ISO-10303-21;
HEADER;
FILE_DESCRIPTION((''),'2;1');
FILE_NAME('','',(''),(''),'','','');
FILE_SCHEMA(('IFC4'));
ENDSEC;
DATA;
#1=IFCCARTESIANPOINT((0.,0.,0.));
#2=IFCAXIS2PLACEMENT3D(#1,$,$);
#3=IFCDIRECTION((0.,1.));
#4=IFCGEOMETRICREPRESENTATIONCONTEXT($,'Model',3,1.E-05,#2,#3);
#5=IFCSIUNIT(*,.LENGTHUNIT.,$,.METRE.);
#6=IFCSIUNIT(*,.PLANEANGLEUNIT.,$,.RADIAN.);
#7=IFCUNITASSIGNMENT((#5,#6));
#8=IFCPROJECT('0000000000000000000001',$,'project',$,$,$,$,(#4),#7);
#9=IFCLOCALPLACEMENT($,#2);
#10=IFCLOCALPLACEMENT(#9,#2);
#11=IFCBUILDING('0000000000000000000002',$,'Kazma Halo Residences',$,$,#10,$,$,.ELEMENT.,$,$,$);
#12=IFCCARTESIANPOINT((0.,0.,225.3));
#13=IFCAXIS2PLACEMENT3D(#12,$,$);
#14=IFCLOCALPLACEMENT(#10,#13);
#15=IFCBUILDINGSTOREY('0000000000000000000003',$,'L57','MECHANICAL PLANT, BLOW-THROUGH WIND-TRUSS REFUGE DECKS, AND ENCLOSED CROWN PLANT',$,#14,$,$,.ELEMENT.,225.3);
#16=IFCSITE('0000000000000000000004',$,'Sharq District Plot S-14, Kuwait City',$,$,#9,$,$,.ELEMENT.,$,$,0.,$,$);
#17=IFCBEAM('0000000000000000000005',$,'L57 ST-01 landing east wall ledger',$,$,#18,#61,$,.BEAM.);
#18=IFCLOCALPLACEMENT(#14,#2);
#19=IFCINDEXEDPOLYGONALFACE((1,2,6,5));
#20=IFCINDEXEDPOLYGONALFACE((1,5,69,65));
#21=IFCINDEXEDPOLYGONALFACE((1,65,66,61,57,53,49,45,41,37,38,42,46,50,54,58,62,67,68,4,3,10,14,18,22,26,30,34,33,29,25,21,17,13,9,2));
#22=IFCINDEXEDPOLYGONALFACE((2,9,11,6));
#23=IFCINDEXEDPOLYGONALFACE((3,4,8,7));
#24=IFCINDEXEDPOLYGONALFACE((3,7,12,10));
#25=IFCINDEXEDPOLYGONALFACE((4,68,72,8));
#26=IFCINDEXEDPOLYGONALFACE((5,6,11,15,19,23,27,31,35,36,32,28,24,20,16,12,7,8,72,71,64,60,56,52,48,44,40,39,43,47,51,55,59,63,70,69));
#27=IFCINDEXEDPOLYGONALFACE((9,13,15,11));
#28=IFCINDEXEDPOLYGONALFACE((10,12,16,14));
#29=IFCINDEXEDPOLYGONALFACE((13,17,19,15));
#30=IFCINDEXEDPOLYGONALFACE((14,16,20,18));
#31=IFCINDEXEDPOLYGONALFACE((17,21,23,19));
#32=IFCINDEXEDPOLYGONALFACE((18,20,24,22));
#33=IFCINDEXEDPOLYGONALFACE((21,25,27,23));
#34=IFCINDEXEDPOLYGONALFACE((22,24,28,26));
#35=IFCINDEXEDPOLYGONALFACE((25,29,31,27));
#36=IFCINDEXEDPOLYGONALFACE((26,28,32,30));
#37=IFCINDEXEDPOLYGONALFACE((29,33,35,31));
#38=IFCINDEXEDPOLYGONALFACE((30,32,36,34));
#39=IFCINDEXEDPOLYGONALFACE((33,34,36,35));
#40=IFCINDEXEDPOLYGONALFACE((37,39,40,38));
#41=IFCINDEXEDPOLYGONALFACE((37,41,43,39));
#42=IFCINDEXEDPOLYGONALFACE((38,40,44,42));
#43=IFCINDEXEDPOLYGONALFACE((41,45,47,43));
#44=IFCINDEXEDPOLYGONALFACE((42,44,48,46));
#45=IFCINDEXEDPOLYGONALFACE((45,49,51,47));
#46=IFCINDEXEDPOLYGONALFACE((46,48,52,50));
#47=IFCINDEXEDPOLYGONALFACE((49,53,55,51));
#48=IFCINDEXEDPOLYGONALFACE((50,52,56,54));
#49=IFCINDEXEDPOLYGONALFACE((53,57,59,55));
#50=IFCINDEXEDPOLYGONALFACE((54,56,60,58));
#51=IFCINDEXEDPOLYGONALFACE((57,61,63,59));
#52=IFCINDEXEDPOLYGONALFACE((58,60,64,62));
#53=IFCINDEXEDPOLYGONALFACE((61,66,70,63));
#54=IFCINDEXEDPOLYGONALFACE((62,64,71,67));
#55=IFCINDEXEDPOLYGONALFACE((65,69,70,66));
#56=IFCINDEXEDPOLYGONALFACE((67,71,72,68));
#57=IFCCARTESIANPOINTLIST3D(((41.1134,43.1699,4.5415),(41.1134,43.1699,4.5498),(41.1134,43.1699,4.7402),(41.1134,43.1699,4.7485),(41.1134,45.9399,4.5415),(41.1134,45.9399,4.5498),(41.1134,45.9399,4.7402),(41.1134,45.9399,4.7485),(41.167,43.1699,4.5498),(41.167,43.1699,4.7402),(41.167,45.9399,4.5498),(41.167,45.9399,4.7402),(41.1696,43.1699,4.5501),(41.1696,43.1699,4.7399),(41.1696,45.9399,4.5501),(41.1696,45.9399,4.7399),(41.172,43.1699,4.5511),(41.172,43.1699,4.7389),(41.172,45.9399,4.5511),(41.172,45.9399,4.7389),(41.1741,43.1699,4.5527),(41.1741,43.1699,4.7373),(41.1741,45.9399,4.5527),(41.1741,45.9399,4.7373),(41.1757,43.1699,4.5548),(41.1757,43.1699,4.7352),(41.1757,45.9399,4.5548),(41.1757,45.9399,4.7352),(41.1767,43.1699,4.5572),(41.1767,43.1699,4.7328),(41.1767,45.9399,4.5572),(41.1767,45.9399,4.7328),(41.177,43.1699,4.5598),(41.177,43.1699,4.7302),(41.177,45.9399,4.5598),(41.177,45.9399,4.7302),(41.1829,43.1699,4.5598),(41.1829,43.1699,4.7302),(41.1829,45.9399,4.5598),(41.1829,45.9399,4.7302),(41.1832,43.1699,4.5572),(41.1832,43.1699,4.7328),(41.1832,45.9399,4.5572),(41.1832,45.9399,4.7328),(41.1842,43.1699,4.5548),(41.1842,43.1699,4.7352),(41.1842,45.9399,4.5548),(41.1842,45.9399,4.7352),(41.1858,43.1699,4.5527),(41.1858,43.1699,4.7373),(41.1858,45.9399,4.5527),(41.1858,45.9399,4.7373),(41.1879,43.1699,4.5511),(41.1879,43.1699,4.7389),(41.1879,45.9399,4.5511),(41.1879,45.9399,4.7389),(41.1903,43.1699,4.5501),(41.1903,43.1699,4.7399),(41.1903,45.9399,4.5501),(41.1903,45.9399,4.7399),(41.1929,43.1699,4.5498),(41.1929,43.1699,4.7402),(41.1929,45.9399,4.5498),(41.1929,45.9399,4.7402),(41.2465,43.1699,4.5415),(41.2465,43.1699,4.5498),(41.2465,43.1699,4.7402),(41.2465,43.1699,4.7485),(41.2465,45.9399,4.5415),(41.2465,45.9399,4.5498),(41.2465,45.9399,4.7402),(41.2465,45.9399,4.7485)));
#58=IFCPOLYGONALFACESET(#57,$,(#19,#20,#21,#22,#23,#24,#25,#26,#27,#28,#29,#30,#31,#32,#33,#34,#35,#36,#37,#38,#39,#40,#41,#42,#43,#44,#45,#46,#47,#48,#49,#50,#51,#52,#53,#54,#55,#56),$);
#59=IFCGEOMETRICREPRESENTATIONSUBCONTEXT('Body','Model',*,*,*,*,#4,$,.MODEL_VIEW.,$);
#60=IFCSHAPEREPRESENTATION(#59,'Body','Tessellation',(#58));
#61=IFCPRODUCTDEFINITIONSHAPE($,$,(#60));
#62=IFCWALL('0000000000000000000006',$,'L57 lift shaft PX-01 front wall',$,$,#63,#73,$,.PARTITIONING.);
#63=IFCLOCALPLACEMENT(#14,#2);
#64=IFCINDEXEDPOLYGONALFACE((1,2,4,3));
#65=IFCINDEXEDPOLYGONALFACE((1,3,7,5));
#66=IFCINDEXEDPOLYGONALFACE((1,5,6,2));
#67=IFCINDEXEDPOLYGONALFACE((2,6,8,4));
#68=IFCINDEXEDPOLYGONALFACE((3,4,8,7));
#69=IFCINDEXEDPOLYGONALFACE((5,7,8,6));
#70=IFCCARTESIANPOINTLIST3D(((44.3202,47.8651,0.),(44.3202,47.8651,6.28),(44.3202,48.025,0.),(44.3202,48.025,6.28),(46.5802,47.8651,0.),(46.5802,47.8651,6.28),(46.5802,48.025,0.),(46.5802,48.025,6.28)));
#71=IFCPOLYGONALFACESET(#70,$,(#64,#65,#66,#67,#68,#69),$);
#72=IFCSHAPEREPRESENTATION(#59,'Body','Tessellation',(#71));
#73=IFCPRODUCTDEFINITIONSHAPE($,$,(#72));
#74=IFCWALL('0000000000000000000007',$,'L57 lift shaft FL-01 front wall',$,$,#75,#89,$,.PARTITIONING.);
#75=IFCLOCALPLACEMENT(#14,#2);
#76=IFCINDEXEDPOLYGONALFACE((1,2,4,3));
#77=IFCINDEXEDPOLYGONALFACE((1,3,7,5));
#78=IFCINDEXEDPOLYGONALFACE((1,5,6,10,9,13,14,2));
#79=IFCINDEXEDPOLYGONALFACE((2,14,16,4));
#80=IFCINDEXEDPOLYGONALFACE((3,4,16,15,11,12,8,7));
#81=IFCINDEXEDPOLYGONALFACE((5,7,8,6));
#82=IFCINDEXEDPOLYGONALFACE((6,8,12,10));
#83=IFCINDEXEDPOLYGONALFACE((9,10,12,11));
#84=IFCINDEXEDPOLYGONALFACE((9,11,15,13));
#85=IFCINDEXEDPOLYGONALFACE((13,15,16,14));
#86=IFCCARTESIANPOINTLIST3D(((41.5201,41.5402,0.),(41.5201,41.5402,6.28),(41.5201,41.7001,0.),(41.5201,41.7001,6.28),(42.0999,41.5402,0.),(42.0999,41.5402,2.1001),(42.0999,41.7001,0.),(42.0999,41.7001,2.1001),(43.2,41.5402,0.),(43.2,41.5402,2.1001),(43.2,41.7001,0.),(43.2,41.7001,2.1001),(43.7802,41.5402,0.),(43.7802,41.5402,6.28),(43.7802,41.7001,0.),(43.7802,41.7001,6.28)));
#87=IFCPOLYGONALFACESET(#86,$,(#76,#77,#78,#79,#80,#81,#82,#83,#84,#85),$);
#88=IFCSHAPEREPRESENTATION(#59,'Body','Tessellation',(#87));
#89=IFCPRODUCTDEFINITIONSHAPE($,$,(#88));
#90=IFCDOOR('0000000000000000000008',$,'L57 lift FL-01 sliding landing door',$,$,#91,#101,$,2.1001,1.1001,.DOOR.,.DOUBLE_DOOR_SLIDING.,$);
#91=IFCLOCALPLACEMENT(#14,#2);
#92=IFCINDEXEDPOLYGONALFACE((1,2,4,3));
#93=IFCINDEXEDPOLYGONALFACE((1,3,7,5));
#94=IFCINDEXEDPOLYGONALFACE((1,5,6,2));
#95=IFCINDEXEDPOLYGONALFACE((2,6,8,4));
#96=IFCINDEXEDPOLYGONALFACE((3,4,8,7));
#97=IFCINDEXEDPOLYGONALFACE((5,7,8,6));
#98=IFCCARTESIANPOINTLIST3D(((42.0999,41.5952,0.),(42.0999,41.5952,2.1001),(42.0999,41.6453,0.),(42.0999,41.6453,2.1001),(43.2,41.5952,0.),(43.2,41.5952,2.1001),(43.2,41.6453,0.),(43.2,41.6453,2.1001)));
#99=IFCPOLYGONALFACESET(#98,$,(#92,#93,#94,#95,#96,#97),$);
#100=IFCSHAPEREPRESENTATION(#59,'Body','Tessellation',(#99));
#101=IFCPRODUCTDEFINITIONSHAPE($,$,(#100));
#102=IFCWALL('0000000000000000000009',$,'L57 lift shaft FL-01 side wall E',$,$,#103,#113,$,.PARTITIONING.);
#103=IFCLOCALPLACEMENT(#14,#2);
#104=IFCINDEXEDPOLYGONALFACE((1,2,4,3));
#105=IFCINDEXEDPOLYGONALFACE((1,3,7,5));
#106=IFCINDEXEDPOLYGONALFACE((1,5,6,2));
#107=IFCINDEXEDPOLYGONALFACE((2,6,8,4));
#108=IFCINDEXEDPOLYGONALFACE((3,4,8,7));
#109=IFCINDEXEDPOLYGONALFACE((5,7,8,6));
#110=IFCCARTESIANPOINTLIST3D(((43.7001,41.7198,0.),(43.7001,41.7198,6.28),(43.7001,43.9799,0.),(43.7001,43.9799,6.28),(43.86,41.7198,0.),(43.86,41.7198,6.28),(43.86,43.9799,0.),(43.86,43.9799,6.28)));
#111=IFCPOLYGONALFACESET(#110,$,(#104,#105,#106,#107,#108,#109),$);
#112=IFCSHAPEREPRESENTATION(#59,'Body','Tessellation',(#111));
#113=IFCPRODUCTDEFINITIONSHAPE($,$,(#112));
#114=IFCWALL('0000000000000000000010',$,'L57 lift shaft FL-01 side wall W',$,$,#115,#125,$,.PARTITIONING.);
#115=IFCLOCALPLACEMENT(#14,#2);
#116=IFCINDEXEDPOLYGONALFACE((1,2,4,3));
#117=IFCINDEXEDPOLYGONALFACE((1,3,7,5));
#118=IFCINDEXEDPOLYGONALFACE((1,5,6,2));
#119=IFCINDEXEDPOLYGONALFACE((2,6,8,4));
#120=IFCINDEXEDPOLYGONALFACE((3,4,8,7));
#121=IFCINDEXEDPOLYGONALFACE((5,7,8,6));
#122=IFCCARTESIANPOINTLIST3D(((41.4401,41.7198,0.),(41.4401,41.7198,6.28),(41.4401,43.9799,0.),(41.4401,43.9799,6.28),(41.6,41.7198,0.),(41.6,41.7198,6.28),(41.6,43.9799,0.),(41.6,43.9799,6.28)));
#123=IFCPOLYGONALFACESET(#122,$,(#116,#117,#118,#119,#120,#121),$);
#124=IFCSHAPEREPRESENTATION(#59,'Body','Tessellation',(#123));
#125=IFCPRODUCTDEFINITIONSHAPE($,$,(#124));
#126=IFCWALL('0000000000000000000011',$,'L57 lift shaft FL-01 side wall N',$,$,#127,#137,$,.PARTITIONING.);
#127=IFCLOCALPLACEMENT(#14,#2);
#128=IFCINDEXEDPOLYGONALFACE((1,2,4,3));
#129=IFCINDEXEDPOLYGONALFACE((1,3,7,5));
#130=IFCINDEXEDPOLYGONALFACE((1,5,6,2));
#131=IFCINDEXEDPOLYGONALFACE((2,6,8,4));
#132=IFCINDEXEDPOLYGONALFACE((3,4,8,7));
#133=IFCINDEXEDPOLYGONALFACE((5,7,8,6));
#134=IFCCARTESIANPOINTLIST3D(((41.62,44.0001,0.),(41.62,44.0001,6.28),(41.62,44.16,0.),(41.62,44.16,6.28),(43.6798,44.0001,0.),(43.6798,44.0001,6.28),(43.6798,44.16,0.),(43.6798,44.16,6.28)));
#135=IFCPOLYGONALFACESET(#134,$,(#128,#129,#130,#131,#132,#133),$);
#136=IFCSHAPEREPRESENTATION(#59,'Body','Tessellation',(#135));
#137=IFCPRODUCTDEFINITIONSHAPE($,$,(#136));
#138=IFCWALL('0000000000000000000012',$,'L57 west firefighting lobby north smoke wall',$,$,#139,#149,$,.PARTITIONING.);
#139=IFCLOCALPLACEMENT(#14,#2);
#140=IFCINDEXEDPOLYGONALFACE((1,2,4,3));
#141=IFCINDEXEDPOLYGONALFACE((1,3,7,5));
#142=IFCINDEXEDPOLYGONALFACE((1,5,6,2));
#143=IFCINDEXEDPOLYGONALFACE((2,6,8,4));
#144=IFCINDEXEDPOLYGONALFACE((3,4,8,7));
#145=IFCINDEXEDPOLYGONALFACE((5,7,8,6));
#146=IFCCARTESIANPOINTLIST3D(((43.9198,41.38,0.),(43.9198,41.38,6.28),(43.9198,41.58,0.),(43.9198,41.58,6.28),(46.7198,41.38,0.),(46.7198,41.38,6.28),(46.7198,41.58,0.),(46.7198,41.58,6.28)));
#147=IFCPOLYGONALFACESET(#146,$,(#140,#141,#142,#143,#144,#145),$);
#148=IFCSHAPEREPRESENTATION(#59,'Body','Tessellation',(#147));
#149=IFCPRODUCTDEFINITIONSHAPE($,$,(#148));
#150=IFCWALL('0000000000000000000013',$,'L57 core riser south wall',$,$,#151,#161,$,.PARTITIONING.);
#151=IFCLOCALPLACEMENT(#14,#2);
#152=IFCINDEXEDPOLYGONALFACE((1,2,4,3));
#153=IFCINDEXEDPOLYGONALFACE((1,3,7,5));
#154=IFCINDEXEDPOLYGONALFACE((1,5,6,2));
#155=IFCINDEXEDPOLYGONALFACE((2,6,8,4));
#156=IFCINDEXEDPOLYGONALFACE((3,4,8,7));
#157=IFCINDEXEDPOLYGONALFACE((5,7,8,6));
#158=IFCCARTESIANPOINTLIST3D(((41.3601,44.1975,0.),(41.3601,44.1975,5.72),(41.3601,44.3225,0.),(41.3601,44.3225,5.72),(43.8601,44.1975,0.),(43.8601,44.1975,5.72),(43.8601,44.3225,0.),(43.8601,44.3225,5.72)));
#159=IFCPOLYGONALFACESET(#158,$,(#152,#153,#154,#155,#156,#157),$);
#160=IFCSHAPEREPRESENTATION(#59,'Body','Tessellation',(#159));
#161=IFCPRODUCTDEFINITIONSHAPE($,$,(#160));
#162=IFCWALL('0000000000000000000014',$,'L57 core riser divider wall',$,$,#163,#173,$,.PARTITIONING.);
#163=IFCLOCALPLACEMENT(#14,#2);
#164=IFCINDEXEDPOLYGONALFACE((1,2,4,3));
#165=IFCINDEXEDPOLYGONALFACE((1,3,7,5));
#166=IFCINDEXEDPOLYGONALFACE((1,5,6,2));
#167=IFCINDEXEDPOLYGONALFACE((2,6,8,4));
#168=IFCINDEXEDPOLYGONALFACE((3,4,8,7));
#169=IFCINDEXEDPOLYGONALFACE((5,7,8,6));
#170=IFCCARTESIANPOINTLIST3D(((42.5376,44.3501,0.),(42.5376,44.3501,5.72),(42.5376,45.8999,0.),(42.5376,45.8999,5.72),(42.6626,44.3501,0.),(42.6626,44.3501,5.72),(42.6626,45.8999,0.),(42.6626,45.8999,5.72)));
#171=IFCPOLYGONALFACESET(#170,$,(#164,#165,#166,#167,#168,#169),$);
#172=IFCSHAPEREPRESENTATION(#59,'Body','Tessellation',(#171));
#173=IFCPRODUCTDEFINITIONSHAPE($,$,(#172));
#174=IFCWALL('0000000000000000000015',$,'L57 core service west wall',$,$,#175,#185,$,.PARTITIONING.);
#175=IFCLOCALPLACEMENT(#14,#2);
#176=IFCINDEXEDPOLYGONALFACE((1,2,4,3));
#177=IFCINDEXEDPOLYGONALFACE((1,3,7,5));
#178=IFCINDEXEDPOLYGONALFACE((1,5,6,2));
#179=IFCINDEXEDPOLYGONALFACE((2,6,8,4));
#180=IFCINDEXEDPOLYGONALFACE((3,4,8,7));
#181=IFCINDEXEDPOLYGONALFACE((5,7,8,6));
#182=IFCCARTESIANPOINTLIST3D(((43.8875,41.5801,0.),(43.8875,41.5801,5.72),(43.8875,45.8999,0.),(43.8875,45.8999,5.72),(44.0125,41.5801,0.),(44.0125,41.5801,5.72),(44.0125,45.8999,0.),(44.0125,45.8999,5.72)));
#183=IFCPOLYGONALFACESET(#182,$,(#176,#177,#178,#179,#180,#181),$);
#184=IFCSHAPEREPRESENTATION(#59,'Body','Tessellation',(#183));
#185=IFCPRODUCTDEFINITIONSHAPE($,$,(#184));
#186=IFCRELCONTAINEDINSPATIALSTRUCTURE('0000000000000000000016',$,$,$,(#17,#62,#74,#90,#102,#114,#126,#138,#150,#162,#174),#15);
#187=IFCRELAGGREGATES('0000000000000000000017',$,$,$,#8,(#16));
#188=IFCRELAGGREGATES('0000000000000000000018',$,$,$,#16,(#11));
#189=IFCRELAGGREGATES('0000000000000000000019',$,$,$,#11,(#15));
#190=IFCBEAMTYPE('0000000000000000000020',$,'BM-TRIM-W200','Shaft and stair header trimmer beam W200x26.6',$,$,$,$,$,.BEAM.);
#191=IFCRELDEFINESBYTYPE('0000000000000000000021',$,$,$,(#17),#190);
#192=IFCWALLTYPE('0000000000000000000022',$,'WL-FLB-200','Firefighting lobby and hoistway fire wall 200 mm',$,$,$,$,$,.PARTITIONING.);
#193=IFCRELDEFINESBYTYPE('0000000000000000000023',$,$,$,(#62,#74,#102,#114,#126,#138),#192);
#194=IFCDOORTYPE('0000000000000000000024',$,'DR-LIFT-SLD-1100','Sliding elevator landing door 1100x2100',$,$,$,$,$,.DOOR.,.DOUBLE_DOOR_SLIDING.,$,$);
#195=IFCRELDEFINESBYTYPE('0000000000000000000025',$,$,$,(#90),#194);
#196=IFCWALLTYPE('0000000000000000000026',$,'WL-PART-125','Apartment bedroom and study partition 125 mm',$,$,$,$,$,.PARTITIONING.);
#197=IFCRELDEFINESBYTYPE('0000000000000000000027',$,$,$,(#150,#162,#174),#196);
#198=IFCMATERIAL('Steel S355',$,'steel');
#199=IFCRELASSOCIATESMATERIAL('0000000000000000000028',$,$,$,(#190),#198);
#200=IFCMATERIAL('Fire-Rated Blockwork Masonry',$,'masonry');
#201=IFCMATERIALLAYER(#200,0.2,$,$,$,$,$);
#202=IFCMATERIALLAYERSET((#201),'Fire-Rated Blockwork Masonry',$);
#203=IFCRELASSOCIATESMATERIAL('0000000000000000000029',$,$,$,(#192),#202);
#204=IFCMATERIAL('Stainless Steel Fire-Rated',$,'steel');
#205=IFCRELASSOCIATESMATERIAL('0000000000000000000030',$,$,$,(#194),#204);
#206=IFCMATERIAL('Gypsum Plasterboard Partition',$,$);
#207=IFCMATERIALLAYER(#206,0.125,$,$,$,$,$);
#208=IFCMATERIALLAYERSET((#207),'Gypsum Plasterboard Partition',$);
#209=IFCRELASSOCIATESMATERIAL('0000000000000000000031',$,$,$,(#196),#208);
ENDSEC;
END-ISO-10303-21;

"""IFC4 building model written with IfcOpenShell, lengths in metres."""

from ifc_helpers import new_model, si_unit, direction, frame, frame_2d, origin, origin_2d, place, context, subcontext, project, spatial, rectangle, i_section, extrude, material, layer, layer_set, material_profile, profile_set, type_object, element, fill, save


model = new_model("IFC4")

# Units and contexts
model_context = context("Model", 3, precision=1e-05, world=origin(), true_north=direction((0.0, 1.0)))
body_context = subcontext(model_context, "Body", "Model", "MODEL_VIEW")
ifc_project = project(units=[si_unit("LENGTHUNIT", "METRE"), si_unit("PLANEANGLEUNIT", "RADIAN")], contexts=[model_context])

# Site, building, storey
site_placement = place(None, origin())
site = spatial("IfcSite", under=ifc_project, at=site_placement, Name="Sharq District Plot S-14, Kuwait City", CompositionType="ELEMENT", RefElevation=0.0)
building_placement = place(site_placement, origin())
building = spatial("IfcBuilding", under=site, at=building_placement, Name="Kazma Halo Residences", CompositionType="ELEMENT")
storey_placement = place(building_placement, frame((0.0, 0.0, 225.3)))
storey = spatial("IfcBuildingStorey", under=building, at=storey_placement, Name="L57", Description="MECHANICAL PLANT, BLOW-THROUGH WIND-TRUSS REFUGE DECKS, AND ENCLOSED CROWN PLANT", CompositionType="ELEMENT", Elevation=225.3)

# Shared definitions
ifc_material_1 = material(Name="Steel S355", Category="steel")

# Beam
ifc_material_profile_1 = material_profile(ifc_material_1, i_section(OverallWidth=0.1331, OverallDepth=0.207, WebThickness=0.0059, FlangeThickness=0.0083, FilletRadius=0.01, at=origin_2d()), Name="W200x26.6")
ifc_profile_set_1 = profile_set([ifc_material_profile_1], Name="Steel S355")
beam_type = type_object("IfcBeamType", Name="BM-TRIM-W200", Description="Shaft and stair header trimmer beam W200x26.6", PredefinedType="BEAM", material=ifc_profile_set_1)
beam_1_placement = place(storey_placement, frame((41.1799, 43.1699, 4.645), z_axis=(0.0, 1.0, 0.0), x_axis=(-1.0, 0.0, 0.0)))
element("IfcBeam", 1, at=beam_1_placement, inside=storey, type_object=beam_type, Name="L57 ST-01 landing east wall ledger", PredefinedType="BEAM", context=body_context, shape_type="SweptSolid", body=[
    extrude(i_section(OverallWidth=0.1331, OverallDepth=0.207, WebThickness=0.0059, FlangeThickness=0.0083, FilletRadius=0.01, at=origin_2d()), origin(), (0.0, 0.0, 1.0), 2.77),
])

# Wall
ifc_material_2 = material(Name="Fire-Rated Blockwork Masonry", Category="masonry")
ifc_layer_1 = layer(ifc_material_2, 0.2)
ifc_layer_set_1 = layer_set([ifc_layer_1], Name="Fire-Rated Blockwork Masonry")
wall_type_1 = type_object("IfcWallType", Name="WL-FLB-200", Description="Firefighting lobby and hoistway fire wall 200 mm", PredefinedType="PARTITIONING", material=ifc_layer_set_1)
wall_1_placement = place(storey_placement, frame((46.5801, 47.9451, 0.0), z_axis=(0.0, 0.0, 1.0), x_axis=(-1.0, 0.0, 0.0)))
element("IfcWall", 2, at=wall_1_placement, inside=storey, type_object=wall_type_1, Name="L57 lift shaft PX-01 front wall", PredefinedType="PARTITIONING", context=body_context, shape_type="SweptSolid", body=[
    extrude(rectangle(XDim=2.26, YDim=0.1599, at=frame_2d((1.1299, 0.0))), origin(), (0.0, 0.0, 1.0), 6.28),
])

# Wall, opening, door
wall_2_placement = place(storey_placement, frame((43.78, 41.6201, 0.0), z_axis=(0.0, 0.0, 1.0), x_axis=(-1.0, 0.0, 0.0)))
wall_2 = element("IfcWall", 3, at=wall_2_placement, inside=storey, type_object=wall_type_1, Name="L57 lift shaft FL-01 front wall", PredefinedType="PARTITIONING", context=body_context, shape_type="SweptSolid", body=[
    extrude(rectangle(XDim=2.26, YDim=0.1599, at=frame_2d((1.1299, 0.0))), origin(), (0.0, 0.0, 1.0), 6.28),
])
opening_1_placement = place(wall_2_placement, frame((0.5801, 0.0, 0.0)))
opening_1 = element("IfcOpeningElement", 4, at=opening_1_placement, cuts=wall_2, PredefinedType="OPENING", context=body_context, shape_type="SweptSolid", body=[
    extrude(rectangle(XDim=1.1001, YDim=2.1001, at=frame_2d((0.55, 1.05))), frame((0.0, 0.0898, 0.0), z_axis=(0.0, -1.0, 0.0), x_axis=(1.0, 0.0, 0.0)), (0.0, 0.0, 1.0), 0.1799),
])
ifc_material_3 = material(Name="Stainless Steel Fire-Rated", Category="steel")
door_type_1 = type_object("IfcDoorType", Name="DR-LIFT-SLD-1100", Description="Sliding elevator landing door 1100x2100", OperationType="DOUBLE_DOOR_SLIDING", PredefinedType="DOOR", material=ifc_material_3)
door_1_placement = place(opening_1_placement, origin())
door_1 = element("IfcDoor", 5, at=door_1_placement, inside=storey, type_object=door_type_1, Name="L57 lift FL-01 sliding landing door", OperationType="DOUBLE_DOOR_SLIDING", OverallHeight=2.1001, OverallWidth=1.1001, PredefinedType="DOOR", context=body_context, shape_type="SweptSolid", body=[
    extrude(rectangle(XDim=1.1001, YDim=2.1001, at=frame_2d((0.55, 1.05))), frame((0.0, 0.0249, 0.0), z_axis=(0.0, -1.0, 0.0), x_axis=(1.0, 0.0, 0.0)), (0.0, 0.0, 1.0), 0.05),
])
fill(opening_1, door_1)

# Walls
for number, where, z_axis, x_axis, name in (
    (6, (43.78, 41.72, 0.0), (0.0, 0.0, 1.0), (0.0, 1.0, 0.0), "L57 lift shaft FL-01 side wall E"),
    (7, (41.52, 41.72, 0.0), (0.0, 0.0, 1.0), (0.0, 1.0, 0.0), "L57 lift shaft FL-01 side wall W"),
):
    element("IfcWall", number, at=place(storey_placement, frame(where, z_axis=z_axis, x_axis=x_axis)), inside=storey, type_object=wall_type_1, Name=name, PredefinedType="PARTITIONING", context=body_context, shape_type="SweptSolid", body=[
        extrude(rectangle(XDim=2.26, YDim=0.1599, at=frame_2d((1.1299, 0.0))), origin(), (0.0, 0.0, 1.0), 6.28),
    ])
wall_3_placement = place(storey_placement, frame((41.6201, 44.0801, 0.0), z_axis=(0.0, 0.0, 1.0), x_axis=(1.0, 0.0, 0.0)))
element("IfcWall", 8, at=wall_3_placement, inside=storey, type_object=wall_type_1, Name="L57 lift shaft FL-01 side wall N", PredefinedType="PARTITIONING", context=body_context, shape_type="SweptSolid", body=[
    extrude(rectangle(XDim=2.0598, YDim=0.1599, at=frame_2d((1.0298, 0.0))), origin(), (0.0, 0.0, 1.0), 6.28),
])
wall_4_placement = place(storey_placement, frame((43.9199, 41.48, 0.0), z_axis=(0.0, 0.0, 1.0), x_axis=(1.0, 0.0, 0.0)))
element("IfcWall", 9, at=wall_4_placement, inside=storey, type_object=wall_type_1, Name="L57 west firefighting lobby north smoke wall", PredefinedType="PARTITIONING", context=body_context, shape_type="SweptSolid", body=[
    extrude(rectangle(XDim=2.8, YDim=0.2, at=frame_2d((1.3999, 0.0))), origin(), (0.0, 0.0, 1.0), 6.28),
])
ifc_material_4 = material(Name="Gypsum Plasterboard Partition")
ifc_layer_2 = layer(ifc_material_4, 0.125)
ifc_layer_set_2 = layer_set([ifc_layer_2], Name="Gypsum Plasterboard Partition")
wall_type_2 = type_object("IfcWallType", Name="WL-PART-125", Description="Apartment bedroom and study partition 125 mm", PredefinedType="PARTITIONING", material=ifc_layer_set_2)
wall_5_placement = place(storey_placement, frame((41.3601, 44.26, 0.0), z_axis=(0.0, 0.0, 1.0), x_axis=(1.0, 0.0, 0.0)))
element("IfcWall", 10, at=wall_5_placement, inside=storey, type_object=wall_type_2, Name="L57 core riser south wall", PredefinedType="PARTITIONING", context=body_context, shape_type="SweptSolid", body=[
    extrude(rectangle(XDim=2.5, YDim=0.125, at=frame_2d((1.25, 0.0))), origin(), (0.0, 0.0, 1.0), 5.72),
])
wall_6_placement = place(storey_placement, frame((42.6001, 44.3501, 0.0), z_axis=(0.0, 0.0, 1.0), x_axis=(0.0, 1.0, 0.0)))
element("IfcWall", 11, at=wall_6_placement, inside=storey, type_object=wall_type_2, Name="L57 core riser divider wall", PredefinedType="PARTITIONING", context=body_context, shape_type="SweptSolid", body=[
    extrude(rectangle(XDim=1.5498, YDim=0.125, at=frame_2d((0.7749, 0.0))), origin(), (0.0, 0.0, 1.0), 5.72),
])
wall_7_placement = place(storey_placement, frame((43.95, 41.5801, 0.0), z_axis=(0.0, 0.0, 1.0), x_axis=(0.0, 1.0, 0.0)))
element("IfcWall", 12, at=wall_7_placement, inside=storey, type_object=wall_type_2, Name="L57 core service west wall", PredefinedType="PARTITIONING", context=body_context, shape_type="SweptSolid", body=[
    extrude(rectangle(XDim=4.3198, YDim=0.125, at=frame_2d((2.1599, 0.0))), origin(), (0.0, 0.0, 1.0), 5.72),
])

save(model, "model.ifc")
